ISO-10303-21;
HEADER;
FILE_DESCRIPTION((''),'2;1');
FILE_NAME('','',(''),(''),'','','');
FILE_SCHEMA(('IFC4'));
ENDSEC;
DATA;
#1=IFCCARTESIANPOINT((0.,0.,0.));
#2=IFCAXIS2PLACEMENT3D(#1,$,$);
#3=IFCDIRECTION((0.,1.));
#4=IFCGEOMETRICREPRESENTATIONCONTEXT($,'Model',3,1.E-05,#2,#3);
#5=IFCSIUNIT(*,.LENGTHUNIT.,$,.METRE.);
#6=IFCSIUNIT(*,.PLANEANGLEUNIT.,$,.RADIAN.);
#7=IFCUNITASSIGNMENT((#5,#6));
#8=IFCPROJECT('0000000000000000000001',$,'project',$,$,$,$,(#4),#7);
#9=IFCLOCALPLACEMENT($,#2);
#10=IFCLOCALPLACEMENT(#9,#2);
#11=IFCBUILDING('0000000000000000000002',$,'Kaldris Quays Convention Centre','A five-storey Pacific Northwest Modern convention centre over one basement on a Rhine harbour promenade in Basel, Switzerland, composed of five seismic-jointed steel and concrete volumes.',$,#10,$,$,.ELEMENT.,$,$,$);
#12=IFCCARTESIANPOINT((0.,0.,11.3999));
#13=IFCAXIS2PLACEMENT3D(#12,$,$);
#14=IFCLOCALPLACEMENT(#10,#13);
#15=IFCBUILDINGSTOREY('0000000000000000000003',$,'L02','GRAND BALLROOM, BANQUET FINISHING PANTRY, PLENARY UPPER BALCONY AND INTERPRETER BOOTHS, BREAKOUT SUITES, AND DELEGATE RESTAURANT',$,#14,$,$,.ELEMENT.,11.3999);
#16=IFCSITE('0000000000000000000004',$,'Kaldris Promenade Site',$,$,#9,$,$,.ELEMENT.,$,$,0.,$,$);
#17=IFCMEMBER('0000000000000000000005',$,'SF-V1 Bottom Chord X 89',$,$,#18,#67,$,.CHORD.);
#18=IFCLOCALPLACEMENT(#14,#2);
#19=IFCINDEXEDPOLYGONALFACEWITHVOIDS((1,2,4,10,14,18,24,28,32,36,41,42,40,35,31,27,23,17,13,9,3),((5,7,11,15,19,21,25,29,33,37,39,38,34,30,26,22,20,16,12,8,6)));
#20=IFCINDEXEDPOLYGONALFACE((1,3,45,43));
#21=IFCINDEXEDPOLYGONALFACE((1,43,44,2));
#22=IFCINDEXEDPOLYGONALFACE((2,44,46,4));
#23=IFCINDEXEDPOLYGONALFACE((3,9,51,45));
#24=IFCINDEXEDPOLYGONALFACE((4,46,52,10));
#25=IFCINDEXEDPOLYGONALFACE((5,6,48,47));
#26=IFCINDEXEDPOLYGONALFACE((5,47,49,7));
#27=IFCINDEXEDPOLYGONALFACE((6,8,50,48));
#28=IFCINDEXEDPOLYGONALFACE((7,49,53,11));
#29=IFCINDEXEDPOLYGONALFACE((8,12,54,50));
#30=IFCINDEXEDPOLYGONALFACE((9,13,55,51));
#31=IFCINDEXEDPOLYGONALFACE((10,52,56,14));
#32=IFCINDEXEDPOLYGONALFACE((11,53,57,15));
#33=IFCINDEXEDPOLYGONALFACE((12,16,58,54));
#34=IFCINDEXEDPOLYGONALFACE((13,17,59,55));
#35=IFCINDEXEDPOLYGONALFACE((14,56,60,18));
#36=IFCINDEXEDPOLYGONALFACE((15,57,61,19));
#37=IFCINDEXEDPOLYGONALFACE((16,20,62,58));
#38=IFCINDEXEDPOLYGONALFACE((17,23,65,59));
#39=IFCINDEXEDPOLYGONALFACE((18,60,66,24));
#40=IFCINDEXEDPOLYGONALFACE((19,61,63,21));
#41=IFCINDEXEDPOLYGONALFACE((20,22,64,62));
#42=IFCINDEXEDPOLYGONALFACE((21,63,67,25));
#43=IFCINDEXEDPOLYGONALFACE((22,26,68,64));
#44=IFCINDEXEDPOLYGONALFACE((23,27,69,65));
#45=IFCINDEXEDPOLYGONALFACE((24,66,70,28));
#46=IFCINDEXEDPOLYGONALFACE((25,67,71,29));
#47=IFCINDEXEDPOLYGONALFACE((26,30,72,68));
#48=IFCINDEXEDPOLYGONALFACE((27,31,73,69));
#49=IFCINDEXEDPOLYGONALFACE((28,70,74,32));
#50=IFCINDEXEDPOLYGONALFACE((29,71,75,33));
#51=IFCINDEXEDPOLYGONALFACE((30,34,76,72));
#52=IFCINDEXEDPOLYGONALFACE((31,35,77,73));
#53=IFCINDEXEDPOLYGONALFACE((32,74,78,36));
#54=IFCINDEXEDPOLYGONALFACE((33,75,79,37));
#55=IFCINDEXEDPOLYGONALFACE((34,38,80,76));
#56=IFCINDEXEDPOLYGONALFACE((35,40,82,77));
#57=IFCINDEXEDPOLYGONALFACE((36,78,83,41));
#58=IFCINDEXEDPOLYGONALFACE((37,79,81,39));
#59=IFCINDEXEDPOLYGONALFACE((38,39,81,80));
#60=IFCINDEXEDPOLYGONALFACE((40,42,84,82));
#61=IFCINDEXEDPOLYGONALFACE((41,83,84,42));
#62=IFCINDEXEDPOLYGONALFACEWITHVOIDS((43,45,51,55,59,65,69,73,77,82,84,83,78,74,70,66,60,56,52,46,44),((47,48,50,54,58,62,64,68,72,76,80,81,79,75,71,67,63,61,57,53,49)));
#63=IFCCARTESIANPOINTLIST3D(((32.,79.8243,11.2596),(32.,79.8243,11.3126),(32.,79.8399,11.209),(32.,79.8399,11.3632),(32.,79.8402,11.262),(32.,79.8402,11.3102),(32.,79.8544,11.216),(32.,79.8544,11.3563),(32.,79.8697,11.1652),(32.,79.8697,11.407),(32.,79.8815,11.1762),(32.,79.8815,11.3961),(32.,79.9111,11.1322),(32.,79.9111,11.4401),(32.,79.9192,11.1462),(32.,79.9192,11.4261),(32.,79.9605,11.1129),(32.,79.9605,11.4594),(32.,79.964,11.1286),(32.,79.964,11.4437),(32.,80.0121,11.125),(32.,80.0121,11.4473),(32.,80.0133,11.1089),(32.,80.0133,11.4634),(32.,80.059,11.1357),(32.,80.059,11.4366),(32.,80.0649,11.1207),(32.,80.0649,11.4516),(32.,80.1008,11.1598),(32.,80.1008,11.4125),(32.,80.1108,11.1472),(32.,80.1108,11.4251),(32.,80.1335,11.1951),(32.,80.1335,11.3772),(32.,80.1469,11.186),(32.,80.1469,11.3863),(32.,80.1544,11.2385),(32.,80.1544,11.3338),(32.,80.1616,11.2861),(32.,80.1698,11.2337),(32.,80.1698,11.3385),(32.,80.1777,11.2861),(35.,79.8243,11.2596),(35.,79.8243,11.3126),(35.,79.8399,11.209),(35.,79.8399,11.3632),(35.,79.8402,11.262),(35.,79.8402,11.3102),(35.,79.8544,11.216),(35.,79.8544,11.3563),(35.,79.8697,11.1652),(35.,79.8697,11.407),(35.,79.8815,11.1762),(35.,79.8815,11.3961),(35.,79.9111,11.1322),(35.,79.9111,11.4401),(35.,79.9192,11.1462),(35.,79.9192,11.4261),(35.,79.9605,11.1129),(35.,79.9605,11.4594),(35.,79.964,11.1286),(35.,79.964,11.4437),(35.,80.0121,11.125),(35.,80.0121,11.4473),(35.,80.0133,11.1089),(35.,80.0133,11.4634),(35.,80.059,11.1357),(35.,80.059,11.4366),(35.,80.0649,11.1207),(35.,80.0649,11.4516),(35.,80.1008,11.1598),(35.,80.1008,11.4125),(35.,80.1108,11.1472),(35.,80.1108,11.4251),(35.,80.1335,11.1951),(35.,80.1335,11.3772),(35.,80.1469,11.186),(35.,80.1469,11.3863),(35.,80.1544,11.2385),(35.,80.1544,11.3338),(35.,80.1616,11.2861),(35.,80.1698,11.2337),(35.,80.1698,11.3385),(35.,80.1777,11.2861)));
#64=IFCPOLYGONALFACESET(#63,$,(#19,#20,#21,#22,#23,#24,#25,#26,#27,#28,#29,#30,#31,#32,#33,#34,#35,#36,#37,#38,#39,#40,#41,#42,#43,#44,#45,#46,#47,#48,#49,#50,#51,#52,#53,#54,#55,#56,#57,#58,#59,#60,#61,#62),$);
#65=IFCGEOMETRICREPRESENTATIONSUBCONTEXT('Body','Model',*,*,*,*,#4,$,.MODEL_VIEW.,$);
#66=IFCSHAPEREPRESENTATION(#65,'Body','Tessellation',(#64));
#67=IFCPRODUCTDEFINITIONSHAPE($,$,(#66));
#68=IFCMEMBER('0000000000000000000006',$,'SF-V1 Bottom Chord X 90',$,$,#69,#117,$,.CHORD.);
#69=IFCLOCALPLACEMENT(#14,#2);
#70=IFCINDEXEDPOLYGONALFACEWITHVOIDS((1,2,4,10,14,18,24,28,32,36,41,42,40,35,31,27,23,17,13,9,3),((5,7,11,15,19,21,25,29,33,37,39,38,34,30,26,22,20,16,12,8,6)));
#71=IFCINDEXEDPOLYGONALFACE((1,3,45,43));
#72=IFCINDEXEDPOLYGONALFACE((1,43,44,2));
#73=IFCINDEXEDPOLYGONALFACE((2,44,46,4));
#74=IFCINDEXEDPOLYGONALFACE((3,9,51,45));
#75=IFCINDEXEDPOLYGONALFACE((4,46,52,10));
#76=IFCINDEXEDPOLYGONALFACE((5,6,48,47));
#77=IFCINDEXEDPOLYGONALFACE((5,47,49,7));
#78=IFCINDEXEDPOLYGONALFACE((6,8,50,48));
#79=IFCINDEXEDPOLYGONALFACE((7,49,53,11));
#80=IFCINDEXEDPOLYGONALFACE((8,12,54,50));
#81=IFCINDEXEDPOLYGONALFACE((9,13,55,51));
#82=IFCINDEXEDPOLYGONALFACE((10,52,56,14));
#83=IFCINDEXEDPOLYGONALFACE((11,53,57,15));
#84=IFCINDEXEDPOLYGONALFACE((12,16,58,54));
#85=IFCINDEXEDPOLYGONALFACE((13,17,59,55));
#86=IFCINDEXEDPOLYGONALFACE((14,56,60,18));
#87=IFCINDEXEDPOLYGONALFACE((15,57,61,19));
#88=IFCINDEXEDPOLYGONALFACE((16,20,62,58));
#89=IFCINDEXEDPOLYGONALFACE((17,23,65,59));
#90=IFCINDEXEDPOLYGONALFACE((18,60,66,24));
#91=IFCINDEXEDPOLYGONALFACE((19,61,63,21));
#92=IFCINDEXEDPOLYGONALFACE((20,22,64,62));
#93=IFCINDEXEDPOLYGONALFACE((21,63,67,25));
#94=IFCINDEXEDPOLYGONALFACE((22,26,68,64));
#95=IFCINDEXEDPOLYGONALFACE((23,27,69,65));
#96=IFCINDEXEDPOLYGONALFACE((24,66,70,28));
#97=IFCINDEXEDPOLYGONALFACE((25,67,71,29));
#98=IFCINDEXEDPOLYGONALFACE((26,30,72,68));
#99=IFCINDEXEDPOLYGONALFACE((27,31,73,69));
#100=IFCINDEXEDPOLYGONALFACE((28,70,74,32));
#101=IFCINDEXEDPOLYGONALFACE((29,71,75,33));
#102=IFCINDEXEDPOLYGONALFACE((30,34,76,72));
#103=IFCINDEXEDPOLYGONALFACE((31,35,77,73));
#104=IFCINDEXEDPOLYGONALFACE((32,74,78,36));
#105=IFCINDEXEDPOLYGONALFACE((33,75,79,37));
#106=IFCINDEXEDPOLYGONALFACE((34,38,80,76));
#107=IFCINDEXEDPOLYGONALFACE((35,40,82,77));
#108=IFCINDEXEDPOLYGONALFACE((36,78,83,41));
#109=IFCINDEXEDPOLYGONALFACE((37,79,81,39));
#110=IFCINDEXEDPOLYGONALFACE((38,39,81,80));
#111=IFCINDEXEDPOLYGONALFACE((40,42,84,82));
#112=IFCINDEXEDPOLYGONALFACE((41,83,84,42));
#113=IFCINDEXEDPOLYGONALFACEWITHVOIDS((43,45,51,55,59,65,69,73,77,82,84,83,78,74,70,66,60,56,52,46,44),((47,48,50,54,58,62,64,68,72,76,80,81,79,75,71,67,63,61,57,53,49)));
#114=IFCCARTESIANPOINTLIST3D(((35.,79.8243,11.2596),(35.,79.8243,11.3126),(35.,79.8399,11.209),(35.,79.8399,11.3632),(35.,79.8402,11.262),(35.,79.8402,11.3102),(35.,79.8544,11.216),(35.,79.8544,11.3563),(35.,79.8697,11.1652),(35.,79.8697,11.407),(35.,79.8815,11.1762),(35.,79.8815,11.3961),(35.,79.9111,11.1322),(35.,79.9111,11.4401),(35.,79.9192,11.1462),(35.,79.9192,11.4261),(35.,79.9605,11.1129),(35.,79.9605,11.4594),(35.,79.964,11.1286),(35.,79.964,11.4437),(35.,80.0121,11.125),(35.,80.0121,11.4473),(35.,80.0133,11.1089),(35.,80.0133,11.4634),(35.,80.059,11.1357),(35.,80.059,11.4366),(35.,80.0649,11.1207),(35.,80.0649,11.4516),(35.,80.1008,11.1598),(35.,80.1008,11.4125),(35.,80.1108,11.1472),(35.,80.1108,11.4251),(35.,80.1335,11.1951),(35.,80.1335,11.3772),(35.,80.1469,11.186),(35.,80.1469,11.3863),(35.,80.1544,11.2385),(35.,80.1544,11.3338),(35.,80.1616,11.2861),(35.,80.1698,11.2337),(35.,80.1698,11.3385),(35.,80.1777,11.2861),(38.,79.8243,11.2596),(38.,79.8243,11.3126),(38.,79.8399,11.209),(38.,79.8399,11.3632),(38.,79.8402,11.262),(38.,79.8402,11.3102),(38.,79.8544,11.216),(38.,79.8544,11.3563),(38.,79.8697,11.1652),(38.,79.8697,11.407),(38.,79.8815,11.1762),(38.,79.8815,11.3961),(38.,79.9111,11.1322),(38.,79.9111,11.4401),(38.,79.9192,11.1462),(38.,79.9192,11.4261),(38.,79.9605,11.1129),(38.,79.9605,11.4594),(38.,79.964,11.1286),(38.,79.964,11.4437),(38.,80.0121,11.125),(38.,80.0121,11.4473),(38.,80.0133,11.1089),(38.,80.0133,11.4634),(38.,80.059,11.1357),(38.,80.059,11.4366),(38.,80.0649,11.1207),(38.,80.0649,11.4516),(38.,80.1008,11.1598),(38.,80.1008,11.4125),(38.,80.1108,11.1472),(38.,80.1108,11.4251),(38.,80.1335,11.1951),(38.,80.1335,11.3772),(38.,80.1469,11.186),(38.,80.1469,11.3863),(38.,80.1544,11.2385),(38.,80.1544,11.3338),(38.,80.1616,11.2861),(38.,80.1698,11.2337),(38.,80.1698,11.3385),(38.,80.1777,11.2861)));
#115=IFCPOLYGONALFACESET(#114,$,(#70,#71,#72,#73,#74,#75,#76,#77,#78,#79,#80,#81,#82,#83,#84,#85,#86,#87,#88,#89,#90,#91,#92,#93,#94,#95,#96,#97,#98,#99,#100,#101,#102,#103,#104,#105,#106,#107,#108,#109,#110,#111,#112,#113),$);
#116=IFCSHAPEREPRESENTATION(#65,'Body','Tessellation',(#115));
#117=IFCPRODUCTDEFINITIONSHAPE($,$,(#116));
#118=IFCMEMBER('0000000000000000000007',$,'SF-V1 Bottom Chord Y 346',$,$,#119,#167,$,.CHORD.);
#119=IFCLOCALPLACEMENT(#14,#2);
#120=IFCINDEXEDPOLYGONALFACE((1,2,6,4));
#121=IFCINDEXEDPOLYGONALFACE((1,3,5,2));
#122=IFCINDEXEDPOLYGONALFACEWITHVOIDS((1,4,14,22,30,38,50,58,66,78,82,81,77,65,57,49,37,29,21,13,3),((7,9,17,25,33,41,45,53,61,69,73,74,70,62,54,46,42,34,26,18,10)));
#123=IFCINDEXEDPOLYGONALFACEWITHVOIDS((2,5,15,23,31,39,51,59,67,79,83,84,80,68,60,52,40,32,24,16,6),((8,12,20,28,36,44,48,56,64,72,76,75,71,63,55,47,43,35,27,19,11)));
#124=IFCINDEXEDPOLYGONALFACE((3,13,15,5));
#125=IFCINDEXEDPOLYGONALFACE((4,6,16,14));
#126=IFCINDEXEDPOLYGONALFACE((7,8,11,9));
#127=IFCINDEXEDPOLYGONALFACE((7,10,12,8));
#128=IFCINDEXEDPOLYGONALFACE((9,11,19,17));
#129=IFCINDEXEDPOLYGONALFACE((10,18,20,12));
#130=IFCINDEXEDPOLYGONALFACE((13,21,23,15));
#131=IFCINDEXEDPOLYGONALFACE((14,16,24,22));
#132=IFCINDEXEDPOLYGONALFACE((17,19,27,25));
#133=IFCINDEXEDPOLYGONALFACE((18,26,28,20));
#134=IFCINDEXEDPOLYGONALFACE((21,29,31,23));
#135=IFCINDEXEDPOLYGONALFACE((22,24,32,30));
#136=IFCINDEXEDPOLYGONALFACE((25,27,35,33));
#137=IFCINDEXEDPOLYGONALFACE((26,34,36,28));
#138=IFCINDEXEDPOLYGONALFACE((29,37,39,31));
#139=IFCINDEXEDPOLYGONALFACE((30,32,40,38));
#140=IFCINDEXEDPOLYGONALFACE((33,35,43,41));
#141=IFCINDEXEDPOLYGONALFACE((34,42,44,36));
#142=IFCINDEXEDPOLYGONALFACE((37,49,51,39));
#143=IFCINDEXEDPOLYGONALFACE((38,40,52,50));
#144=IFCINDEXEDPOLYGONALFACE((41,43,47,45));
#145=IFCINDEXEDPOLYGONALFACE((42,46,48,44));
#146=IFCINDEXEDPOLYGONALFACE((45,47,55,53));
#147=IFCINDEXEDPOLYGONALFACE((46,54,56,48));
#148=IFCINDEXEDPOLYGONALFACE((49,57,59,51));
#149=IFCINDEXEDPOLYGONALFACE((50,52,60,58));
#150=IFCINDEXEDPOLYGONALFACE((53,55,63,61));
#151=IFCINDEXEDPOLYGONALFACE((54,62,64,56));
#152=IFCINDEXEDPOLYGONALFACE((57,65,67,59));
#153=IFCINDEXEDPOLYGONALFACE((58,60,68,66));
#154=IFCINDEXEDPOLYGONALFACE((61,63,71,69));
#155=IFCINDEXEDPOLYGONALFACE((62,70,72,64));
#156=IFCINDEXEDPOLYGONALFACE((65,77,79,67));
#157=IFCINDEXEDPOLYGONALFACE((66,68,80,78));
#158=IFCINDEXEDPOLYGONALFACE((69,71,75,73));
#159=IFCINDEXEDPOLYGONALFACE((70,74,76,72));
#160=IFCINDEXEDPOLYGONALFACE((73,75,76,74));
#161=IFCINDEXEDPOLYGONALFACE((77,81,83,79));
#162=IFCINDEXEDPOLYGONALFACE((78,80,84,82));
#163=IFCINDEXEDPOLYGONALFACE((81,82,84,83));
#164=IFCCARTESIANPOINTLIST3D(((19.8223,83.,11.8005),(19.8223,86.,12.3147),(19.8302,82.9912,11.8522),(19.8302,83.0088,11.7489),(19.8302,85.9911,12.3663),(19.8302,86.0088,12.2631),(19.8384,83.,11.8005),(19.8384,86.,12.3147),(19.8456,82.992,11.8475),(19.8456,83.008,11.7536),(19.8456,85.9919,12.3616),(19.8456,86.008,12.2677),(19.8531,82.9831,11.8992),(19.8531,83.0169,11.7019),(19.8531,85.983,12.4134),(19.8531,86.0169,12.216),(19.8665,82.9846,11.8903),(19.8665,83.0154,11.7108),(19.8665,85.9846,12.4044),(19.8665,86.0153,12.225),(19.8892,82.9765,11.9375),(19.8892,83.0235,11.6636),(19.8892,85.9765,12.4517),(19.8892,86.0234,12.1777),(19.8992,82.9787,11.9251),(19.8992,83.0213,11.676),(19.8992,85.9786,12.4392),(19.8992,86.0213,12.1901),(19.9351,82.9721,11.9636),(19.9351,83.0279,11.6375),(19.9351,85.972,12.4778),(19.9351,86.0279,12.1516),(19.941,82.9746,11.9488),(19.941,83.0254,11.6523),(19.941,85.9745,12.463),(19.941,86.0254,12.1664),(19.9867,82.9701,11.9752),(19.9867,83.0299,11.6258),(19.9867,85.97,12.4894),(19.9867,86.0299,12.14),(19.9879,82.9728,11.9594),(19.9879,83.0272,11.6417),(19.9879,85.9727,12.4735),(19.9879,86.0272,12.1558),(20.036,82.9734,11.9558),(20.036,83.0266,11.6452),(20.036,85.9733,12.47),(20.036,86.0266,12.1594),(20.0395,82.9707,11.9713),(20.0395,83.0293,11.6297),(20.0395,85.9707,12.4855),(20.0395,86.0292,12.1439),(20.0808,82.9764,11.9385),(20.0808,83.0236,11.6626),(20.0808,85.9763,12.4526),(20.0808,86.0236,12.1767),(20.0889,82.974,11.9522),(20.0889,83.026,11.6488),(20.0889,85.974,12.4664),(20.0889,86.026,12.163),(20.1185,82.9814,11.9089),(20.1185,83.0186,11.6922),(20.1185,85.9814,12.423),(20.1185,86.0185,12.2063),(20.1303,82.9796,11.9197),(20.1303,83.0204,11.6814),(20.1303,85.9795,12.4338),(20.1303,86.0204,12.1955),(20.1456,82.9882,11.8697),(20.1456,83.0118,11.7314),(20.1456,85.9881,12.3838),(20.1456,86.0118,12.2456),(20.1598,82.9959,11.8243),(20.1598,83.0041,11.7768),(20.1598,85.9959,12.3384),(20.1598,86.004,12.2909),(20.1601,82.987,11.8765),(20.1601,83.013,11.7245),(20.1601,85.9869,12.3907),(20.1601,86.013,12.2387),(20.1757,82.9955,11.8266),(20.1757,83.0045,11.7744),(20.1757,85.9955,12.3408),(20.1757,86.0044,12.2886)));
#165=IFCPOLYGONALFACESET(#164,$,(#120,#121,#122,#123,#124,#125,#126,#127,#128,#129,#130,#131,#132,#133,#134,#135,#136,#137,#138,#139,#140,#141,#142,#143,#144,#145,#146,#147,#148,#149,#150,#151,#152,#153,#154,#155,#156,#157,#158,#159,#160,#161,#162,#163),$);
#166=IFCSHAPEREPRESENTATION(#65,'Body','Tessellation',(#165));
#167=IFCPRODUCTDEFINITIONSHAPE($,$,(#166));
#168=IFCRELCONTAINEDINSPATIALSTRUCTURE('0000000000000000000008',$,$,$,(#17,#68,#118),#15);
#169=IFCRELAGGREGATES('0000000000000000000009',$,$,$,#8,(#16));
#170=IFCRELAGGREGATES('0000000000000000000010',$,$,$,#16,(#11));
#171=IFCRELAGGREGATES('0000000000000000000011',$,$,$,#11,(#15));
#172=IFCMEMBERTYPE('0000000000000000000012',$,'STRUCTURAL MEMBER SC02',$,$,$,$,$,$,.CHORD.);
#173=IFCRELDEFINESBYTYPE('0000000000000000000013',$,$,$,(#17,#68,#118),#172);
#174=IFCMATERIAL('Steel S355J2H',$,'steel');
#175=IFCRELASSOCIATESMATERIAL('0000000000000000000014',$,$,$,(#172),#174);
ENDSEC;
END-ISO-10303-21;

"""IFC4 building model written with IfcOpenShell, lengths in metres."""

from ifc_helpers import new_model, si_unit, direction, frame, origin, origin_2d, place, context, subcontext, project, spatial, hollow_circle, extrude, material, material_profile, profile_set, type_object, element, save


model = new_model("IFC4")

# Units and contexts
model_context = context("Model", 3, precision=1e-05, world=origin(), true_north=direction((0.0, 1.0)))
body_context = subcontext(model_context, "Body", "Model", "MODEL_VIEW")
ifc_project = project(units=[si_unit("LENGTHUNIT", "METRE"), si_unit("PLANEANGLEUNIT", "RADIAN")], contexts=[model_context])

# Site, building, storey
site_placement = place(None, origin())
site = spatial("IfcSite", under=ifc_project, at=site_placement, Name="Kaldris Promenade Site", CompositionType="ELEMENT", RefElevation=0.0)
building_placement = place(site_placement, origin())
building = spatial("IfcBuilding", under=site, at=building_placement, Name="Kaldris Quays Convention Centre", Description="A five-storey Pacific Northwest Modern convention centre over one basement on a Rhine harbour promenade in Basel, Switzerland, composed of five seismic-jointed steel and concrete volumes.", CompositionType="ELEMENT")
storey_placement = place(building_placement, frame((0.0, 0.0, 11.3999)))
storey = spatial("IfcBuildingStorey", under=building, at=storey_placement, Name="L02", Description="GRAND BALLROOM, BANQUET FINISHING PANTRY, PLENARY UPPER BALCONY AND INTERPRETER BOOTHS, BREAKOUT SUITES, AND DELEGATE RESTAURANT", CompositionType="ELEMENT", Elevation=11.3999)

# Members
ifc_material_1 = material(Name="Steel S355J2H", Category="steel")
ifc_material_profile_1 = material_profile(ifc_material_1, hollow_circle(Radius=0.1777, WallThickness=0.0161, at=origin_2d()), Name="CHS 355.6x16")
ifc_profile_set_1 = profile_set([ifc_material_profile_1], Name="Steel S355J2H")
member_type_1 = type_object("IfcMemberType", Name="STRUCTURAL MEMBER SC02", PredefinedType="CHORD", material=ifc_profile_set_1)
for number, where, z_axis, x_axis, name in (
    (1, (32.0, 80.0, 11.2861), (1.0, 0.0, 0.0), (0.0, 1.0, 0.0), "SF-V1 Bottom Chord X 89"),
    (2, (35.0, 80.0, 11.2861), (1.0, 0.0, 0.0), (0.0, 1.0, 0.0), "SF-V1 Bottom Chord X 90"),
):
    element("IfcMember", number, at=place(storey_placement, frame(where, z_axis=z_axis, x_axis=x_axis)), inside=storey, type_object=member_type_1, Name=name, PredefinedType="CHORD", context=body_context, shape_type="SweptSolid", body=[
        extrude(hollow_circle(Radius=0.1777, WallThickness=0.0161, at=origin_2d()), origin(), (0.0, 0.0, 1.0), 3.0),
    ])
for number, where, z_axis, x_axis, name in (
    (3, (20.0, 83.0, 11.8005), (0.0, 0.985629, 0.168924), (-1.0, 0.0, 0.0), "SF-V1 Bottom Chord Y 346"),
):
    element("IfcMember", number, at=place(storey_placement, frame(where, z_axis=z_axis, x_axis=x_axis)), inside=storey, type_object=member_type_1, Name=name, PredefinedType="CHORD", context=body_context, shape_type="SweptSolid", body=[
        extrude(hollow_circle(Radius=0.1777, WallThickness=0.0161, at=origin_2d()), origin(), (0.0, 0.0, 1.0), 3.0437),
    ])

save(model, "model.ifc")
